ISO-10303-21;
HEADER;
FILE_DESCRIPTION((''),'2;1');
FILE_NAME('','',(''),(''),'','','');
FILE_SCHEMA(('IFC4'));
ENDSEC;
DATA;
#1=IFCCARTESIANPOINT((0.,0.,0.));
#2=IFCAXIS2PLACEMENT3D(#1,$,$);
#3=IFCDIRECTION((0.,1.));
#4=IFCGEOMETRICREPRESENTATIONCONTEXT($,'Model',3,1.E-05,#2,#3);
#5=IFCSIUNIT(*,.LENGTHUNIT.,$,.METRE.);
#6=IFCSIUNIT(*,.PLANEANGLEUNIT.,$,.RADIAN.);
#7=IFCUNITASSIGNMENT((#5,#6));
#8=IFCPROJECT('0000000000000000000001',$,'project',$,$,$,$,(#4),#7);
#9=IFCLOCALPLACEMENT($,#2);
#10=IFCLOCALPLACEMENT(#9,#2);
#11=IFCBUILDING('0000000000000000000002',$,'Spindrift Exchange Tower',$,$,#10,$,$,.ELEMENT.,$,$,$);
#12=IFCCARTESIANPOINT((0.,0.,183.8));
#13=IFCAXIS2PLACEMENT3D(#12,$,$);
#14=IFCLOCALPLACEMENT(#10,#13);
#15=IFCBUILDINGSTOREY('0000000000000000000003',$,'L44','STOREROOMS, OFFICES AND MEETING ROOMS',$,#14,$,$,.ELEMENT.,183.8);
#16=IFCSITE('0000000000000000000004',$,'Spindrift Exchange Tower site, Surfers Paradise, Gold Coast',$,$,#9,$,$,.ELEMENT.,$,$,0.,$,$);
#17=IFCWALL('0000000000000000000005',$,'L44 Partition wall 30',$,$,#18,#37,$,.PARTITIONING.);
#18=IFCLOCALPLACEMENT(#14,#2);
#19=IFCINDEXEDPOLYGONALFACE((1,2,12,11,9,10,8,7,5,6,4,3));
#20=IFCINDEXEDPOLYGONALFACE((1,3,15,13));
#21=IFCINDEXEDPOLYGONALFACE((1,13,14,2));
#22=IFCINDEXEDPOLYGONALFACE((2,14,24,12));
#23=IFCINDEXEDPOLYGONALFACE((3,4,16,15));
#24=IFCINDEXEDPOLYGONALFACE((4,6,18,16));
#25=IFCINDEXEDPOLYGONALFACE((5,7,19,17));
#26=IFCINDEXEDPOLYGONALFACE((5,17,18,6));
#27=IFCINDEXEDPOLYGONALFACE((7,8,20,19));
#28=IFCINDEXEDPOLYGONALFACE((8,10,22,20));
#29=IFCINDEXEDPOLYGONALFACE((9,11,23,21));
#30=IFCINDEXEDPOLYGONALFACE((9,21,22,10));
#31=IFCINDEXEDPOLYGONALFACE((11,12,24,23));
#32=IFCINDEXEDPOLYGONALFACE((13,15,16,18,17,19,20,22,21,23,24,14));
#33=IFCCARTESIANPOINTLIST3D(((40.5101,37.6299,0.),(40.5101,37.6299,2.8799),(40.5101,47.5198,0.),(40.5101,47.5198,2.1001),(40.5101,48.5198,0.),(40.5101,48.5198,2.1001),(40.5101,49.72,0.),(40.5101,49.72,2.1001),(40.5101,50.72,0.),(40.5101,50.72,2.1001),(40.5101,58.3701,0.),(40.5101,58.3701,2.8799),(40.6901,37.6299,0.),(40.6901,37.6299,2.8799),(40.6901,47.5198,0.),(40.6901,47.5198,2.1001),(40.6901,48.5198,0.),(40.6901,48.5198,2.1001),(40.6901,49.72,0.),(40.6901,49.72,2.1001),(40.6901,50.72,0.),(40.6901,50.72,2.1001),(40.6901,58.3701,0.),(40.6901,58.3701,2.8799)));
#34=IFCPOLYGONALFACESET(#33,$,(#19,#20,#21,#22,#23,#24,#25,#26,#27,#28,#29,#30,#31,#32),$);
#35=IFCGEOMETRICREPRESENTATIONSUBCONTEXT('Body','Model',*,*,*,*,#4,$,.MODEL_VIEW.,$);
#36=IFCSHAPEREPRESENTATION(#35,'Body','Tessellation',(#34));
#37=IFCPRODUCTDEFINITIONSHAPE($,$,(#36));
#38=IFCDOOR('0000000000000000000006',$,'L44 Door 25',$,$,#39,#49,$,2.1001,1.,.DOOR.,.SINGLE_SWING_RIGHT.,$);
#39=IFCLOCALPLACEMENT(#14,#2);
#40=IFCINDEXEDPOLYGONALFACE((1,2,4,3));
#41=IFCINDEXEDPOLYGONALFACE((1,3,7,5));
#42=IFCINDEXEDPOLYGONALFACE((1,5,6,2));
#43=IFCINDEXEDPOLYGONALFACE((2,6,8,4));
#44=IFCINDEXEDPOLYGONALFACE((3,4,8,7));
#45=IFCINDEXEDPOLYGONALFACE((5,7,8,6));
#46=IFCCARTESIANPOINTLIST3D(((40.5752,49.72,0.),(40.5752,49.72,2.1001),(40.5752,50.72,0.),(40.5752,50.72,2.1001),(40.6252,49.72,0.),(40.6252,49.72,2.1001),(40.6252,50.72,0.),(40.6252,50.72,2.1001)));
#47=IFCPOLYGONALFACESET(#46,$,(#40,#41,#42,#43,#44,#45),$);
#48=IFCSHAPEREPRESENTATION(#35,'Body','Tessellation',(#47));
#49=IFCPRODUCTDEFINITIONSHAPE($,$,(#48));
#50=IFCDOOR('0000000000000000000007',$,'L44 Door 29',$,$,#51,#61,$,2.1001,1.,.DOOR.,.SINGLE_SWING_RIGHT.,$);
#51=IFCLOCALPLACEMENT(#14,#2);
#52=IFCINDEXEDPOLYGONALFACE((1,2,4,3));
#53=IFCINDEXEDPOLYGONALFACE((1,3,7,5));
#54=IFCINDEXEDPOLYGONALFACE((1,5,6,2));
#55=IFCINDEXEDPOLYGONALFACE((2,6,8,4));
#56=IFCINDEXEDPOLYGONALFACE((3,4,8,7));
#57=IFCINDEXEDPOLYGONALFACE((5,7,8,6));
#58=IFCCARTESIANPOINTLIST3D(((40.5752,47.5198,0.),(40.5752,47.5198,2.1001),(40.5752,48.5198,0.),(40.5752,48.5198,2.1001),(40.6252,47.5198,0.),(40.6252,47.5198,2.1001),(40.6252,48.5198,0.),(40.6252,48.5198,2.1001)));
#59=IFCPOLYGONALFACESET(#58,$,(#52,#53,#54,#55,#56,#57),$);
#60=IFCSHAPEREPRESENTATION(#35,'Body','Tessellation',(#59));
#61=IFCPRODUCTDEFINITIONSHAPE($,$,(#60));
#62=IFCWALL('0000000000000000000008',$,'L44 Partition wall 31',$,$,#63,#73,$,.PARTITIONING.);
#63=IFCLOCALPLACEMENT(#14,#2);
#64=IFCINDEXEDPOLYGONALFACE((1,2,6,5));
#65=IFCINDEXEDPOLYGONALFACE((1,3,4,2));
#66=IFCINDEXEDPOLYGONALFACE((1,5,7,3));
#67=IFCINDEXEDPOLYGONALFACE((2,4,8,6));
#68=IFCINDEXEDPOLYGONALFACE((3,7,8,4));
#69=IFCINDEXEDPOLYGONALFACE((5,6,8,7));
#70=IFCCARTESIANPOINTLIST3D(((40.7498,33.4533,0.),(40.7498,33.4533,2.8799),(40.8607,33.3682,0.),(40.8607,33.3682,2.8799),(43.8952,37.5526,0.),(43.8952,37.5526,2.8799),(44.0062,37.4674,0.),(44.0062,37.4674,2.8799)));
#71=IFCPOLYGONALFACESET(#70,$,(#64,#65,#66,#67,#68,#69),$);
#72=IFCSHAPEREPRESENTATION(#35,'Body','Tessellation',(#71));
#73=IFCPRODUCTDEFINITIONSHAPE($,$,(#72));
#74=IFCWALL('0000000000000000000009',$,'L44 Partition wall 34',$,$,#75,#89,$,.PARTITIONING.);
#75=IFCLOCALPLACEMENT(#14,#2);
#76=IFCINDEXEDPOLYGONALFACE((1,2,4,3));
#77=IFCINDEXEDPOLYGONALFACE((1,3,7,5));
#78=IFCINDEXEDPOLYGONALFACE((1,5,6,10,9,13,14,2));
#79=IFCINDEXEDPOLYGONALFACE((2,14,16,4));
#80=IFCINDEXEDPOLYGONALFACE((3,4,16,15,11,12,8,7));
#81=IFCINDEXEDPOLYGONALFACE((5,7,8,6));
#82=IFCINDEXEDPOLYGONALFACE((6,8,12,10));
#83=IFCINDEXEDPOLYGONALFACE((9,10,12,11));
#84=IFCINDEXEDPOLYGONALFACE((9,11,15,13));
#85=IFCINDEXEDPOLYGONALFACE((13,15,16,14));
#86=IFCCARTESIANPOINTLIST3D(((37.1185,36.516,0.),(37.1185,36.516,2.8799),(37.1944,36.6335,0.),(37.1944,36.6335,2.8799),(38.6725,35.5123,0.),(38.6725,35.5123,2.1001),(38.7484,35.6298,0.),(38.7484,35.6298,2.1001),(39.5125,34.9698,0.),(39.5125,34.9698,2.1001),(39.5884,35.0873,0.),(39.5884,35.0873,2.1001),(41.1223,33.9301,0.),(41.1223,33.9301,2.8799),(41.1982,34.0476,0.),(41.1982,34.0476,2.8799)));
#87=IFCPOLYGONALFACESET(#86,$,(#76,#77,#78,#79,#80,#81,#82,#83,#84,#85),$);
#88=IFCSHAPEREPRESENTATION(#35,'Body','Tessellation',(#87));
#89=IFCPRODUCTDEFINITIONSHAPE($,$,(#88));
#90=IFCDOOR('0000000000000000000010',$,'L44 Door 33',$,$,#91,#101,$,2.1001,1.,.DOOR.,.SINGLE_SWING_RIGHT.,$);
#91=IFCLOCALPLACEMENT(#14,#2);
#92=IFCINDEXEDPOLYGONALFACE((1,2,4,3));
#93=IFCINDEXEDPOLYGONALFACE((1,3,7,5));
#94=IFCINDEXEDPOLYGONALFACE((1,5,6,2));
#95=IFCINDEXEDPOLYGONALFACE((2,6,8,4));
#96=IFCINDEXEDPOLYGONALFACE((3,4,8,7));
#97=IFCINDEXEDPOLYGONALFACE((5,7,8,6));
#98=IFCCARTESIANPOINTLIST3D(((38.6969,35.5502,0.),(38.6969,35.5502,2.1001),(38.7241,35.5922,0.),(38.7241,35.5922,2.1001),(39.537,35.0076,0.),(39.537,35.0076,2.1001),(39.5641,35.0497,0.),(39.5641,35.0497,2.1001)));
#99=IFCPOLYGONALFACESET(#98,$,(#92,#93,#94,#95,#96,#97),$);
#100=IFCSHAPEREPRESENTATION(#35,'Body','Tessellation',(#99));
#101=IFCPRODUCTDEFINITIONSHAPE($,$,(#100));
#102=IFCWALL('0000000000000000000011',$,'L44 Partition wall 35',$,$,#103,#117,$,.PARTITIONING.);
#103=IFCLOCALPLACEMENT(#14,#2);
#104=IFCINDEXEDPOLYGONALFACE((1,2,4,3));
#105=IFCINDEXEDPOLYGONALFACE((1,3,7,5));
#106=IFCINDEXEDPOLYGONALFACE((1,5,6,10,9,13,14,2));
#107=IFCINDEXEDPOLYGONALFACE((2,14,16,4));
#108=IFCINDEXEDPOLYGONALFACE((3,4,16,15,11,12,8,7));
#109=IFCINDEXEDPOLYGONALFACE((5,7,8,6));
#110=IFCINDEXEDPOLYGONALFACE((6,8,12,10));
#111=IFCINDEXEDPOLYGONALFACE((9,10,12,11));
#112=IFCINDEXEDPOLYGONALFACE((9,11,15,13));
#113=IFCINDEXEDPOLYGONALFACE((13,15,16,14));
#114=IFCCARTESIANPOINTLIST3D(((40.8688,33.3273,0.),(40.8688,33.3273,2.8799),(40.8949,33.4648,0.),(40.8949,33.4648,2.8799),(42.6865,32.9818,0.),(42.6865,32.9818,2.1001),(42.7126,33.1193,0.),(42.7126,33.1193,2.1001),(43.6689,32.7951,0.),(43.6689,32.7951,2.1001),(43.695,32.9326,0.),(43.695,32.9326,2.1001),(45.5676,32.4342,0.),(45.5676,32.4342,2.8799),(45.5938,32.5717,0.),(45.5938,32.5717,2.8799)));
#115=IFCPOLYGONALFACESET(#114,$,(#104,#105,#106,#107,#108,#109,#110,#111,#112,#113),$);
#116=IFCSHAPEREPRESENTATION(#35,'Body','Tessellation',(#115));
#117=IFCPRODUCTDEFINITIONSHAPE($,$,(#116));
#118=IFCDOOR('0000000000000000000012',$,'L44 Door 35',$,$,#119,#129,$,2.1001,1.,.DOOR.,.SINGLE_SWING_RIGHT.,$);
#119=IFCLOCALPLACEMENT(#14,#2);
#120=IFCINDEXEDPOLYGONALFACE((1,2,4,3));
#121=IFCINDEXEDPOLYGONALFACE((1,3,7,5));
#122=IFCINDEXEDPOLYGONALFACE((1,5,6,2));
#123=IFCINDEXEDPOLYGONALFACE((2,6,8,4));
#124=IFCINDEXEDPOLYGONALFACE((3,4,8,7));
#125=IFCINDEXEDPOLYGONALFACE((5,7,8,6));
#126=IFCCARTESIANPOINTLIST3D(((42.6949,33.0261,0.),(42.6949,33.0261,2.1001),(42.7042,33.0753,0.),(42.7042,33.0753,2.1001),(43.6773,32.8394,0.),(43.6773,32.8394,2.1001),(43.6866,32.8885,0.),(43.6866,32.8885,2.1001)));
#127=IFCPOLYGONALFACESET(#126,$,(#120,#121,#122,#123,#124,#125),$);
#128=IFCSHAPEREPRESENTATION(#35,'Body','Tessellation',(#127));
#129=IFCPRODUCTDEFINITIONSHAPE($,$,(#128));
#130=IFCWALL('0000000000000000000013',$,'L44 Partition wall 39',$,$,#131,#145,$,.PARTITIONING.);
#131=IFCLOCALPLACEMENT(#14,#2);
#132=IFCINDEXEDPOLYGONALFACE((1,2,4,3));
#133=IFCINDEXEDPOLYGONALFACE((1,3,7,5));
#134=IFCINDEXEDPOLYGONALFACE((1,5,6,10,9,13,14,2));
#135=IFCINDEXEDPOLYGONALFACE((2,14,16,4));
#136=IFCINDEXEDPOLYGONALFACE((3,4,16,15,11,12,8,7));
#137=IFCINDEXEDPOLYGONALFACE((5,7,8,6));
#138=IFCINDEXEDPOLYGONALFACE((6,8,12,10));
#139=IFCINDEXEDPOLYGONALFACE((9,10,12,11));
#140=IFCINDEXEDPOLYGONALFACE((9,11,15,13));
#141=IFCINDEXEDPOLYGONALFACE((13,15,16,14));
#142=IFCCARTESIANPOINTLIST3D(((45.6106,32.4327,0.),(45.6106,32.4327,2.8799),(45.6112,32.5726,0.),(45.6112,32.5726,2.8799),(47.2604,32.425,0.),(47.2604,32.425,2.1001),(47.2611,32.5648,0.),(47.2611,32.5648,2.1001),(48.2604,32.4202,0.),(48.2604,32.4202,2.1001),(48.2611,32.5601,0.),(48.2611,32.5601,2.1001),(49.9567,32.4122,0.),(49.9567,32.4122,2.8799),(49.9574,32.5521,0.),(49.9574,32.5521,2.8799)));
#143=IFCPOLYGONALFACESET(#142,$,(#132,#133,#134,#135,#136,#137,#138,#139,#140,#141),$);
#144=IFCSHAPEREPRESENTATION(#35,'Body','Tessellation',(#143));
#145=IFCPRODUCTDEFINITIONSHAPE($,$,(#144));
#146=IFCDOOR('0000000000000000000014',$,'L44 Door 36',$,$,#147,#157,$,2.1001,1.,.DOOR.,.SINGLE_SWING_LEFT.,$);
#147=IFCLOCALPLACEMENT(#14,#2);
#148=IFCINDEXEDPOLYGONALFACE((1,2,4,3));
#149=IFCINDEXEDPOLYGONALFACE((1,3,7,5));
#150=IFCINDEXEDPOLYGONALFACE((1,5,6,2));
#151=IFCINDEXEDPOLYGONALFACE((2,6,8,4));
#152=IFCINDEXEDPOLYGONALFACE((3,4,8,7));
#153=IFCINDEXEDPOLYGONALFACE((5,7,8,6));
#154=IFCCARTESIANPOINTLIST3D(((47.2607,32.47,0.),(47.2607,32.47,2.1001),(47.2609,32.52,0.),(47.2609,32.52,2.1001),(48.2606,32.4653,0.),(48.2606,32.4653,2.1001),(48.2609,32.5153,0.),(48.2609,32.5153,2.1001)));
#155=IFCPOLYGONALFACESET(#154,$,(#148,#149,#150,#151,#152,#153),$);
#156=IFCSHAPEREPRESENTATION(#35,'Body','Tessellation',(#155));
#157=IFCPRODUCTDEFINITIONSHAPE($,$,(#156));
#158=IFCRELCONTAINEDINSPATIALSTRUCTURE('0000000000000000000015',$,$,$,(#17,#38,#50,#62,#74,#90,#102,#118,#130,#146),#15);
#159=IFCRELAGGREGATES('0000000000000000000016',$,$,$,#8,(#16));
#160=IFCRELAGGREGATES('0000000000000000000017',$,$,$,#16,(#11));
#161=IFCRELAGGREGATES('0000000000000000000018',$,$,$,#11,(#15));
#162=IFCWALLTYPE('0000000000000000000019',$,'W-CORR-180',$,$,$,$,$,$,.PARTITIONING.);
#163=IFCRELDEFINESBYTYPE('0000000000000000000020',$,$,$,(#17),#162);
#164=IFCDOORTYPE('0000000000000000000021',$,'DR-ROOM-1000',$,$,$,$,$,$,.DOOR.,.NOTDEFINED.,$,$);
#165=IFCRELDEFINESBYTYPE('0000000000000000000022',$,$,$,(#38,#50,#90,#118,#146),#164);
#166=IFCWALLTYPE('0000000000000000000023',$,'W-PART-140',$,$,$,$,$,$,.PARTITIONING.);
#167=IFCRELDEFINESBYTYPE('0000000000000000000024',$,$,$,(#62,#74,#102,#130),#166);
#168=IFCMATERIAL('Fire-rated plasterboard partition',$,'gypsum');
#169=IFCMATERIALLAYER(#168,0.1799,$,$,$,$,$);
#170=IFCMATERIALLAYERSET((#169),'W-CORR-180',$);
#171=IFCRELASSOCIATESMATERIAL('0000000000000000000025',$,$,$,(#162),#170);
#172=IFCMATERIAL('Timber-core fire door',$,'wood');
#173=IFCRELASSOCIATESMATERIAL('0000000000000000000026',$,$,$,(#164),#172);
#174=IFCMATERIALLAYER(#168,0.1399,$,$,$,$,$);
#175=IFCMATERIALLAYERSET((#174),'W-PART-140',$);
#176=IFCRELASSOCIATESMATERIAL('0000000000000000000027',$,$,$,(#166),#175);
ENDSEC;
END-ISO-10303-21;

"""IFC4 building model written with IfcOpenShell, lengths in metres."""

from ifc_helpers import new_model, si_unit, direction, frame, frame_2d, origin, place, context, subcontext, project, spatial, rectangle, extrude, source, transform, mapped, material, layer, layer_set, type_object, element, fill, save


model = new_model("IFC4")

# Units and contexts
model_context = context("Model", 3, precision=1e-05, world=origin(), true_north=direction((0.0, 1.0)))
body_context = subcontext(model_context, "Body", "Model", "MODEL_VIEW")
ifc_project = project(units=[si_unit("LENGTHUNIT", "METRE"), si_unit("PLANEANGLEUNIT", "RADIAN")], contexts=[model_context])

# Site, building, storey
site_placement = place(None, origin())
site = spatial("IfcSite", under=ifc_project, at=site_placement, Name="Spindrift Exchange Tower site, Surfers Paradise, Gold Coast", CompositionType="ELEMENT", RefElevation=0.0)
building_placement = place(site_placement, origin())
building = spatial("IfcBuilding", under=site, at=building_placement, Name="Spindrift Exchange Tower", CompositionType="ELEMENT")
storey_placement = place(building_placement, frame((0.0, 0.0, 183.8)))
storey = spatial("IfcBuildingStorey", under=building, at=storey_placement, Name="L44", Description="STOREROOMS, OFFICES AND MEETING ROOMS", CompositionType="ELEMENT", Elevation=183.8)

# Wall, openings, doors
ifc_material_1 = material(Name="Fire-rated plasterboard partition", Category="gypsum")
ifc_layer_1 = layer(ifc_material_1, 0.1799)
ifc_layer_set_1 = layer_set([ifc_layer_1], Name="W-CORR-180")
wall_type_1 = type_object("IfcWallType", Name="W-CORR-180", PredefinedType="PARTITIONING", material=ifc_layer_set_1)
wall_1_placement = place(storey_placement, frame((40.6001, 37.6299, 0.0), z_axis=(0.0, 0.0, 1.0), x_axis=(0.0, 1.0, 0.0)))
wall_1 = element("IfcWall", 1, at=wall_1_placement, inside=storey, type_object=wall_type_1, Name="L44 Partition wall 30", PredefinedType="PARTITIONING", context=body_context, shape_type="SweptSolid", body=[
    extrude(rectangle(XDim=20.7402, YDim=0.1799, at=frame_2d((10.3701, 0.0))), origin(), (0.0, 0.0, 1.0), 2.8799),
])
opening_1_placement = place(wall_1_placement, frame((12.0901, 0.0, 0.0)))
opening_1 = element("IfcOpeningElement", 2, at=opening_1_placement, cuts=wall_1, PredefinedType="OPENING", context=body_context, shape_type="SweptSolid", body=[
    extrude(rectangle(XDim=1.0, YDim=2.1001, at=frame_2d((0.5, 1.05))), frame((0.0, 0.0999, 0.0), z_axis=(0.0, -1.0, 0.0), x_axis=(1.0, 0.0, 0.0)), (0.0, 0.0, 1.0), 0.2),
])
opening_2_placement = place(wall_1_placement, frame((9.8899, 0.0, 0.0)))
opening_2 = element("IfcOpeningElement", 3, at=opening_2_placement, cuts=wall_1, PredefinedType="OPENING", context=body_context, shape_type="SweptSolid", body=[
    extrude(rectangle(XDim=1.0, YDim=2.1001, at=frame_2d((0.5, 1.05))), frame((0.0, 0.0999, 0.0), z_axis=(0.0, -1.0, 0.0), x_axis=(1.0, 0.0, 0.0)), (0.0, 0.0, 1.0), 0.2),
])
ifc_material_2 = material(Name="Timber-core fire door", Category="wood")
door_type = type_object("IfcDoorType", Name="DR-ROOM-1000", OperationType="NOTDEFINED", PredefinedType="DOOR", material=ifc_material_2)
shared_shape_1 = source(origin(), body_context, "Body", "SweptSolid", [
    extrude(rectangle(XDim=1.0, YDim=2.1001, at=frame_2d((0.5, 1.05))), frame((0.0, 0.0249, 0.0), z_axis=(0.0, -1.0, 0.0), x_axis=(1.0, 0.0, 0.0)), (0.0, 0.0, 1.0), 0.05),
])
door_1_placement = place(opening_1_placement, origin())
door_1 = element("IfcDoor", 4, at=door_1_placement, inside=storey, type_object=door_type, Name="L44 Door 25", OperationType="SINGLE_SWING_RIGHT", OverallHeight=2.1001, OverallWidth=1.0, PredefinedType="DOOR", context=body_context, shape_type="MappedRepresentation", body=[
    mapped(shared_shape_1, transform((0.0, 0.0, 0.0), scale=1.0)),
])
fill(opening_1, door_1)
door_2_placement = place(opening_2_placement, origin())
door_2 = element("IfcDoor", 5, at=door_2_placement, inside=storey, type_object=door_type, Name="L44 Door 29", OperationType="SINGLE_SWING_RIGHT", OverallHeight=2.1001, OverallWidth=1.0, PredefinedType="DOOR", context=body_context, shape_type="MappedRepresentation", body=[
    mapped(shared_shape_1, transform((0.0, 0.0, 0.0), scale=1.0)),
])
fill(opening_2, door_2)

# Wall
ifc_layer_2 = layer(ifc_material_1, 0.1399)
ifc_layer_set_2 = layer_set([ifc_layer_2], Name="W-PART-140")
wall_type_2 = type_object("IfcWallType", Name="W-PART-140", PredefinedType="PARTITIONING", material=ifc_layer_set_2)
wall_2_placement = place(storey_placement, frame((43.9507, 37.51, 0.0), z_axis=(0.0, 0.0, 1.0), x_axis=(-0.608756, -0.793358, 0.0)))
element("IfcWall", 6, at=wall_2_placement, inside=storey, type_object=wall_type_2, Name="L44 Partition wall 31", PredefinedType="PARTITIONING", context=body_context, shape_type="SweptSolid", body=[
    extrude(rectangle(XDim=5.167, YDim=0.1399, at=frame_2d((2.5835, 0.0))), origin(), (0.0, 0.0, 1.0), 2.8799),
])

# Walls, openings, doors
wall_3_placement = place(storey_placement, frame((41.1604, 33.9888, 0.0), z_axis=(0.0, 0.0, 1.0), x_axis=(-0.840032, 0.542537, 0.0)))
wall_3 = element("IfcWall", 7, at=wall_3_placement, inside=storey, type_object=wall_type_2, Name="L44 Partition wall 34", PredefinedType="PARTITIONING", context=body_context, shape_type="SweptSolid", body=[
    extrude(rectangle(XDim=4.7664, YDim=0.1399, at=frame_2d((2.3833, 0.0))), origin(), (0.0, 0.0, 1.0), 2.8799),
])
opening_3_placement = place(wall_3_placement, frame((1.9165, 0.0, 0.0)))
opening_3 = element("IfcOpeningElement", 8, at=opening_3_placement, cuts=wall_3, PredefinedType="OPENING", context=body_context, shape_type="SweptSolid", body=[
    extrude(rectangle(XDim=1.0, YDim=2.1001, at=frame_2d((0.5, 1.05))), frame((0.0, 0.0798, 0.0), z_axis=(0.0, -1.0, 0.0), x_axis=(1.0, 0.0, 0.0)), (0.0, 0.0, 1.0), 0.1599),
])
door_3_placement = place(opening_3_placement, origin())
door_3 = element("IfcDoor", 9, at=door_3_placement, inside=storey, type_object=door_type, Name="L44 Door 33", OperationType="SINGLE_SWING_RIGHT", OverallHeight=2.1001, OverallWidth=1.0, PredefinedType="DOOR", context=body_context, shape_type="MappedRepresentation", body=[
    mapped(shared_shape_1, transform((0.0, 0.0, 0.0), scale=1.0)),
])
fill(opening_3, door_3)
wall_4_placement = place(storey_placement, frame((45.5808, 32.5029, 0.0), z_axis=(0.0, 0.0, 1.0), x_axis=(-0.982413, 0.186723, 0.0)))
wall_4 = element("IfcWall", 10, at=wall_4_placement, inside=storey, type_object=wall_type_2, Name="L44 Partition wall 35", PredefinedType="PARTITIONING", context=body_context, shape_type="SweptSolid", body=[
    extrude(rectangle(XDim=4.783, YDim=0.1399, at=frame_2d((2.3916, 0.0))), origin(), (0.0, 0.0, 1.0), 2.8799),
])
opening_4_placement = place(wall_4_placement, frame((1.9329, 0.0, 0.0)))
opening_4 = element("IfcOpeningElement", 11, at=opening_4_placement, cuts=wall_4, PredefinedType="OPENING", context=body_context, shape_type="SweptSolid", body=[
    extrude(rectangle(XDim=1.0, YDim=2.1001, at=frame_2d((0.5, 1.05))), frame((0.0, 0.0798, 0.0), z_axis=(0.0, -1.0, 0.0), x_axis=(1.0, 0.0, 0.0)), (0.0, 0.0, 1.0), 0.1599),
])
door_4_placement = place(opening_4_placement, origin())
door_4 = element("IfcDoor", 12, at=door_4_placement, inside=storey, type_object=door_type, Name="L44 Door 35", OperationType="SINGLE_SWING_RIGHT", OverallHeight=2.1001, OverallWidth=1.0, PredefinedType="DOOR", context=body_context, shape_type="MappedRepresentation", body=[
    mapped(shared_shape_1, transform((0.0, 0.0, 0.0), scale=1.0)),
])
fill(opening_4, door_4)
wall_5_placement = place(storey_placement, frame((49.957, 32.4822, 0.0), z_axis=(0.0, 0.0, 1.0), x_axis=(-0.999989, 0.004719, 0.0)))
wall_5 = element("IfcWall", 13, at=wall_5_placement, inside=storey, type_object=wall_type_2, Name="L44 Partition wall 39", PredefinedType="PARTITIONING", context=body_context, shape_type="SweptSolid", body=[
    extrude(rectangle(XDim=4.3462, YDim=0.1399, at=frame_2d((2.1731, 0.0))), origin(), (0.0, 0.0, 1.0), 2.8799),
])
opening_5_placement = place(wall_5_placement, frame((1.6963, 0.0, 0.0)))
opening_5 = element("IfcOpeningElement", 14, at=opening_5_placement, cuts=wall_5, PredefinedType="OPENING", context=body_context, shape_type="SweptSolid", body=[
    extrude(rectangle(XDim=1.0, YDim=2.1001, at=frame_2d((0.5, 1.05))), frame((0.0, 0.0798, 0.0), z_axis=(0.0, -1.0, 0.0), x_axis=(1.0, 0.0, 0.0)), (0.0, 0.0, 1.0), 0.1599),
])
door_5_placement = place(opening_5_placement, origin())
door_5 = element("IfcDoor", 15, at=door_5_placement, inside=storey, type_object=door_type, Name="L44 Door 36", OperationType="SINGLE_SWING_LEFT", OverallHeight=2.1001, OverallWidth=1.0, PredefinedType="DOOR", context=body_context, shape_type="MappedRepresentation", body=[
    mapped(shared_shape_1, transform((0.0, 0.0, 0.0), scale=1.0)),
])
fill(opening_5, door_5)

save(model, "model.ifc")
